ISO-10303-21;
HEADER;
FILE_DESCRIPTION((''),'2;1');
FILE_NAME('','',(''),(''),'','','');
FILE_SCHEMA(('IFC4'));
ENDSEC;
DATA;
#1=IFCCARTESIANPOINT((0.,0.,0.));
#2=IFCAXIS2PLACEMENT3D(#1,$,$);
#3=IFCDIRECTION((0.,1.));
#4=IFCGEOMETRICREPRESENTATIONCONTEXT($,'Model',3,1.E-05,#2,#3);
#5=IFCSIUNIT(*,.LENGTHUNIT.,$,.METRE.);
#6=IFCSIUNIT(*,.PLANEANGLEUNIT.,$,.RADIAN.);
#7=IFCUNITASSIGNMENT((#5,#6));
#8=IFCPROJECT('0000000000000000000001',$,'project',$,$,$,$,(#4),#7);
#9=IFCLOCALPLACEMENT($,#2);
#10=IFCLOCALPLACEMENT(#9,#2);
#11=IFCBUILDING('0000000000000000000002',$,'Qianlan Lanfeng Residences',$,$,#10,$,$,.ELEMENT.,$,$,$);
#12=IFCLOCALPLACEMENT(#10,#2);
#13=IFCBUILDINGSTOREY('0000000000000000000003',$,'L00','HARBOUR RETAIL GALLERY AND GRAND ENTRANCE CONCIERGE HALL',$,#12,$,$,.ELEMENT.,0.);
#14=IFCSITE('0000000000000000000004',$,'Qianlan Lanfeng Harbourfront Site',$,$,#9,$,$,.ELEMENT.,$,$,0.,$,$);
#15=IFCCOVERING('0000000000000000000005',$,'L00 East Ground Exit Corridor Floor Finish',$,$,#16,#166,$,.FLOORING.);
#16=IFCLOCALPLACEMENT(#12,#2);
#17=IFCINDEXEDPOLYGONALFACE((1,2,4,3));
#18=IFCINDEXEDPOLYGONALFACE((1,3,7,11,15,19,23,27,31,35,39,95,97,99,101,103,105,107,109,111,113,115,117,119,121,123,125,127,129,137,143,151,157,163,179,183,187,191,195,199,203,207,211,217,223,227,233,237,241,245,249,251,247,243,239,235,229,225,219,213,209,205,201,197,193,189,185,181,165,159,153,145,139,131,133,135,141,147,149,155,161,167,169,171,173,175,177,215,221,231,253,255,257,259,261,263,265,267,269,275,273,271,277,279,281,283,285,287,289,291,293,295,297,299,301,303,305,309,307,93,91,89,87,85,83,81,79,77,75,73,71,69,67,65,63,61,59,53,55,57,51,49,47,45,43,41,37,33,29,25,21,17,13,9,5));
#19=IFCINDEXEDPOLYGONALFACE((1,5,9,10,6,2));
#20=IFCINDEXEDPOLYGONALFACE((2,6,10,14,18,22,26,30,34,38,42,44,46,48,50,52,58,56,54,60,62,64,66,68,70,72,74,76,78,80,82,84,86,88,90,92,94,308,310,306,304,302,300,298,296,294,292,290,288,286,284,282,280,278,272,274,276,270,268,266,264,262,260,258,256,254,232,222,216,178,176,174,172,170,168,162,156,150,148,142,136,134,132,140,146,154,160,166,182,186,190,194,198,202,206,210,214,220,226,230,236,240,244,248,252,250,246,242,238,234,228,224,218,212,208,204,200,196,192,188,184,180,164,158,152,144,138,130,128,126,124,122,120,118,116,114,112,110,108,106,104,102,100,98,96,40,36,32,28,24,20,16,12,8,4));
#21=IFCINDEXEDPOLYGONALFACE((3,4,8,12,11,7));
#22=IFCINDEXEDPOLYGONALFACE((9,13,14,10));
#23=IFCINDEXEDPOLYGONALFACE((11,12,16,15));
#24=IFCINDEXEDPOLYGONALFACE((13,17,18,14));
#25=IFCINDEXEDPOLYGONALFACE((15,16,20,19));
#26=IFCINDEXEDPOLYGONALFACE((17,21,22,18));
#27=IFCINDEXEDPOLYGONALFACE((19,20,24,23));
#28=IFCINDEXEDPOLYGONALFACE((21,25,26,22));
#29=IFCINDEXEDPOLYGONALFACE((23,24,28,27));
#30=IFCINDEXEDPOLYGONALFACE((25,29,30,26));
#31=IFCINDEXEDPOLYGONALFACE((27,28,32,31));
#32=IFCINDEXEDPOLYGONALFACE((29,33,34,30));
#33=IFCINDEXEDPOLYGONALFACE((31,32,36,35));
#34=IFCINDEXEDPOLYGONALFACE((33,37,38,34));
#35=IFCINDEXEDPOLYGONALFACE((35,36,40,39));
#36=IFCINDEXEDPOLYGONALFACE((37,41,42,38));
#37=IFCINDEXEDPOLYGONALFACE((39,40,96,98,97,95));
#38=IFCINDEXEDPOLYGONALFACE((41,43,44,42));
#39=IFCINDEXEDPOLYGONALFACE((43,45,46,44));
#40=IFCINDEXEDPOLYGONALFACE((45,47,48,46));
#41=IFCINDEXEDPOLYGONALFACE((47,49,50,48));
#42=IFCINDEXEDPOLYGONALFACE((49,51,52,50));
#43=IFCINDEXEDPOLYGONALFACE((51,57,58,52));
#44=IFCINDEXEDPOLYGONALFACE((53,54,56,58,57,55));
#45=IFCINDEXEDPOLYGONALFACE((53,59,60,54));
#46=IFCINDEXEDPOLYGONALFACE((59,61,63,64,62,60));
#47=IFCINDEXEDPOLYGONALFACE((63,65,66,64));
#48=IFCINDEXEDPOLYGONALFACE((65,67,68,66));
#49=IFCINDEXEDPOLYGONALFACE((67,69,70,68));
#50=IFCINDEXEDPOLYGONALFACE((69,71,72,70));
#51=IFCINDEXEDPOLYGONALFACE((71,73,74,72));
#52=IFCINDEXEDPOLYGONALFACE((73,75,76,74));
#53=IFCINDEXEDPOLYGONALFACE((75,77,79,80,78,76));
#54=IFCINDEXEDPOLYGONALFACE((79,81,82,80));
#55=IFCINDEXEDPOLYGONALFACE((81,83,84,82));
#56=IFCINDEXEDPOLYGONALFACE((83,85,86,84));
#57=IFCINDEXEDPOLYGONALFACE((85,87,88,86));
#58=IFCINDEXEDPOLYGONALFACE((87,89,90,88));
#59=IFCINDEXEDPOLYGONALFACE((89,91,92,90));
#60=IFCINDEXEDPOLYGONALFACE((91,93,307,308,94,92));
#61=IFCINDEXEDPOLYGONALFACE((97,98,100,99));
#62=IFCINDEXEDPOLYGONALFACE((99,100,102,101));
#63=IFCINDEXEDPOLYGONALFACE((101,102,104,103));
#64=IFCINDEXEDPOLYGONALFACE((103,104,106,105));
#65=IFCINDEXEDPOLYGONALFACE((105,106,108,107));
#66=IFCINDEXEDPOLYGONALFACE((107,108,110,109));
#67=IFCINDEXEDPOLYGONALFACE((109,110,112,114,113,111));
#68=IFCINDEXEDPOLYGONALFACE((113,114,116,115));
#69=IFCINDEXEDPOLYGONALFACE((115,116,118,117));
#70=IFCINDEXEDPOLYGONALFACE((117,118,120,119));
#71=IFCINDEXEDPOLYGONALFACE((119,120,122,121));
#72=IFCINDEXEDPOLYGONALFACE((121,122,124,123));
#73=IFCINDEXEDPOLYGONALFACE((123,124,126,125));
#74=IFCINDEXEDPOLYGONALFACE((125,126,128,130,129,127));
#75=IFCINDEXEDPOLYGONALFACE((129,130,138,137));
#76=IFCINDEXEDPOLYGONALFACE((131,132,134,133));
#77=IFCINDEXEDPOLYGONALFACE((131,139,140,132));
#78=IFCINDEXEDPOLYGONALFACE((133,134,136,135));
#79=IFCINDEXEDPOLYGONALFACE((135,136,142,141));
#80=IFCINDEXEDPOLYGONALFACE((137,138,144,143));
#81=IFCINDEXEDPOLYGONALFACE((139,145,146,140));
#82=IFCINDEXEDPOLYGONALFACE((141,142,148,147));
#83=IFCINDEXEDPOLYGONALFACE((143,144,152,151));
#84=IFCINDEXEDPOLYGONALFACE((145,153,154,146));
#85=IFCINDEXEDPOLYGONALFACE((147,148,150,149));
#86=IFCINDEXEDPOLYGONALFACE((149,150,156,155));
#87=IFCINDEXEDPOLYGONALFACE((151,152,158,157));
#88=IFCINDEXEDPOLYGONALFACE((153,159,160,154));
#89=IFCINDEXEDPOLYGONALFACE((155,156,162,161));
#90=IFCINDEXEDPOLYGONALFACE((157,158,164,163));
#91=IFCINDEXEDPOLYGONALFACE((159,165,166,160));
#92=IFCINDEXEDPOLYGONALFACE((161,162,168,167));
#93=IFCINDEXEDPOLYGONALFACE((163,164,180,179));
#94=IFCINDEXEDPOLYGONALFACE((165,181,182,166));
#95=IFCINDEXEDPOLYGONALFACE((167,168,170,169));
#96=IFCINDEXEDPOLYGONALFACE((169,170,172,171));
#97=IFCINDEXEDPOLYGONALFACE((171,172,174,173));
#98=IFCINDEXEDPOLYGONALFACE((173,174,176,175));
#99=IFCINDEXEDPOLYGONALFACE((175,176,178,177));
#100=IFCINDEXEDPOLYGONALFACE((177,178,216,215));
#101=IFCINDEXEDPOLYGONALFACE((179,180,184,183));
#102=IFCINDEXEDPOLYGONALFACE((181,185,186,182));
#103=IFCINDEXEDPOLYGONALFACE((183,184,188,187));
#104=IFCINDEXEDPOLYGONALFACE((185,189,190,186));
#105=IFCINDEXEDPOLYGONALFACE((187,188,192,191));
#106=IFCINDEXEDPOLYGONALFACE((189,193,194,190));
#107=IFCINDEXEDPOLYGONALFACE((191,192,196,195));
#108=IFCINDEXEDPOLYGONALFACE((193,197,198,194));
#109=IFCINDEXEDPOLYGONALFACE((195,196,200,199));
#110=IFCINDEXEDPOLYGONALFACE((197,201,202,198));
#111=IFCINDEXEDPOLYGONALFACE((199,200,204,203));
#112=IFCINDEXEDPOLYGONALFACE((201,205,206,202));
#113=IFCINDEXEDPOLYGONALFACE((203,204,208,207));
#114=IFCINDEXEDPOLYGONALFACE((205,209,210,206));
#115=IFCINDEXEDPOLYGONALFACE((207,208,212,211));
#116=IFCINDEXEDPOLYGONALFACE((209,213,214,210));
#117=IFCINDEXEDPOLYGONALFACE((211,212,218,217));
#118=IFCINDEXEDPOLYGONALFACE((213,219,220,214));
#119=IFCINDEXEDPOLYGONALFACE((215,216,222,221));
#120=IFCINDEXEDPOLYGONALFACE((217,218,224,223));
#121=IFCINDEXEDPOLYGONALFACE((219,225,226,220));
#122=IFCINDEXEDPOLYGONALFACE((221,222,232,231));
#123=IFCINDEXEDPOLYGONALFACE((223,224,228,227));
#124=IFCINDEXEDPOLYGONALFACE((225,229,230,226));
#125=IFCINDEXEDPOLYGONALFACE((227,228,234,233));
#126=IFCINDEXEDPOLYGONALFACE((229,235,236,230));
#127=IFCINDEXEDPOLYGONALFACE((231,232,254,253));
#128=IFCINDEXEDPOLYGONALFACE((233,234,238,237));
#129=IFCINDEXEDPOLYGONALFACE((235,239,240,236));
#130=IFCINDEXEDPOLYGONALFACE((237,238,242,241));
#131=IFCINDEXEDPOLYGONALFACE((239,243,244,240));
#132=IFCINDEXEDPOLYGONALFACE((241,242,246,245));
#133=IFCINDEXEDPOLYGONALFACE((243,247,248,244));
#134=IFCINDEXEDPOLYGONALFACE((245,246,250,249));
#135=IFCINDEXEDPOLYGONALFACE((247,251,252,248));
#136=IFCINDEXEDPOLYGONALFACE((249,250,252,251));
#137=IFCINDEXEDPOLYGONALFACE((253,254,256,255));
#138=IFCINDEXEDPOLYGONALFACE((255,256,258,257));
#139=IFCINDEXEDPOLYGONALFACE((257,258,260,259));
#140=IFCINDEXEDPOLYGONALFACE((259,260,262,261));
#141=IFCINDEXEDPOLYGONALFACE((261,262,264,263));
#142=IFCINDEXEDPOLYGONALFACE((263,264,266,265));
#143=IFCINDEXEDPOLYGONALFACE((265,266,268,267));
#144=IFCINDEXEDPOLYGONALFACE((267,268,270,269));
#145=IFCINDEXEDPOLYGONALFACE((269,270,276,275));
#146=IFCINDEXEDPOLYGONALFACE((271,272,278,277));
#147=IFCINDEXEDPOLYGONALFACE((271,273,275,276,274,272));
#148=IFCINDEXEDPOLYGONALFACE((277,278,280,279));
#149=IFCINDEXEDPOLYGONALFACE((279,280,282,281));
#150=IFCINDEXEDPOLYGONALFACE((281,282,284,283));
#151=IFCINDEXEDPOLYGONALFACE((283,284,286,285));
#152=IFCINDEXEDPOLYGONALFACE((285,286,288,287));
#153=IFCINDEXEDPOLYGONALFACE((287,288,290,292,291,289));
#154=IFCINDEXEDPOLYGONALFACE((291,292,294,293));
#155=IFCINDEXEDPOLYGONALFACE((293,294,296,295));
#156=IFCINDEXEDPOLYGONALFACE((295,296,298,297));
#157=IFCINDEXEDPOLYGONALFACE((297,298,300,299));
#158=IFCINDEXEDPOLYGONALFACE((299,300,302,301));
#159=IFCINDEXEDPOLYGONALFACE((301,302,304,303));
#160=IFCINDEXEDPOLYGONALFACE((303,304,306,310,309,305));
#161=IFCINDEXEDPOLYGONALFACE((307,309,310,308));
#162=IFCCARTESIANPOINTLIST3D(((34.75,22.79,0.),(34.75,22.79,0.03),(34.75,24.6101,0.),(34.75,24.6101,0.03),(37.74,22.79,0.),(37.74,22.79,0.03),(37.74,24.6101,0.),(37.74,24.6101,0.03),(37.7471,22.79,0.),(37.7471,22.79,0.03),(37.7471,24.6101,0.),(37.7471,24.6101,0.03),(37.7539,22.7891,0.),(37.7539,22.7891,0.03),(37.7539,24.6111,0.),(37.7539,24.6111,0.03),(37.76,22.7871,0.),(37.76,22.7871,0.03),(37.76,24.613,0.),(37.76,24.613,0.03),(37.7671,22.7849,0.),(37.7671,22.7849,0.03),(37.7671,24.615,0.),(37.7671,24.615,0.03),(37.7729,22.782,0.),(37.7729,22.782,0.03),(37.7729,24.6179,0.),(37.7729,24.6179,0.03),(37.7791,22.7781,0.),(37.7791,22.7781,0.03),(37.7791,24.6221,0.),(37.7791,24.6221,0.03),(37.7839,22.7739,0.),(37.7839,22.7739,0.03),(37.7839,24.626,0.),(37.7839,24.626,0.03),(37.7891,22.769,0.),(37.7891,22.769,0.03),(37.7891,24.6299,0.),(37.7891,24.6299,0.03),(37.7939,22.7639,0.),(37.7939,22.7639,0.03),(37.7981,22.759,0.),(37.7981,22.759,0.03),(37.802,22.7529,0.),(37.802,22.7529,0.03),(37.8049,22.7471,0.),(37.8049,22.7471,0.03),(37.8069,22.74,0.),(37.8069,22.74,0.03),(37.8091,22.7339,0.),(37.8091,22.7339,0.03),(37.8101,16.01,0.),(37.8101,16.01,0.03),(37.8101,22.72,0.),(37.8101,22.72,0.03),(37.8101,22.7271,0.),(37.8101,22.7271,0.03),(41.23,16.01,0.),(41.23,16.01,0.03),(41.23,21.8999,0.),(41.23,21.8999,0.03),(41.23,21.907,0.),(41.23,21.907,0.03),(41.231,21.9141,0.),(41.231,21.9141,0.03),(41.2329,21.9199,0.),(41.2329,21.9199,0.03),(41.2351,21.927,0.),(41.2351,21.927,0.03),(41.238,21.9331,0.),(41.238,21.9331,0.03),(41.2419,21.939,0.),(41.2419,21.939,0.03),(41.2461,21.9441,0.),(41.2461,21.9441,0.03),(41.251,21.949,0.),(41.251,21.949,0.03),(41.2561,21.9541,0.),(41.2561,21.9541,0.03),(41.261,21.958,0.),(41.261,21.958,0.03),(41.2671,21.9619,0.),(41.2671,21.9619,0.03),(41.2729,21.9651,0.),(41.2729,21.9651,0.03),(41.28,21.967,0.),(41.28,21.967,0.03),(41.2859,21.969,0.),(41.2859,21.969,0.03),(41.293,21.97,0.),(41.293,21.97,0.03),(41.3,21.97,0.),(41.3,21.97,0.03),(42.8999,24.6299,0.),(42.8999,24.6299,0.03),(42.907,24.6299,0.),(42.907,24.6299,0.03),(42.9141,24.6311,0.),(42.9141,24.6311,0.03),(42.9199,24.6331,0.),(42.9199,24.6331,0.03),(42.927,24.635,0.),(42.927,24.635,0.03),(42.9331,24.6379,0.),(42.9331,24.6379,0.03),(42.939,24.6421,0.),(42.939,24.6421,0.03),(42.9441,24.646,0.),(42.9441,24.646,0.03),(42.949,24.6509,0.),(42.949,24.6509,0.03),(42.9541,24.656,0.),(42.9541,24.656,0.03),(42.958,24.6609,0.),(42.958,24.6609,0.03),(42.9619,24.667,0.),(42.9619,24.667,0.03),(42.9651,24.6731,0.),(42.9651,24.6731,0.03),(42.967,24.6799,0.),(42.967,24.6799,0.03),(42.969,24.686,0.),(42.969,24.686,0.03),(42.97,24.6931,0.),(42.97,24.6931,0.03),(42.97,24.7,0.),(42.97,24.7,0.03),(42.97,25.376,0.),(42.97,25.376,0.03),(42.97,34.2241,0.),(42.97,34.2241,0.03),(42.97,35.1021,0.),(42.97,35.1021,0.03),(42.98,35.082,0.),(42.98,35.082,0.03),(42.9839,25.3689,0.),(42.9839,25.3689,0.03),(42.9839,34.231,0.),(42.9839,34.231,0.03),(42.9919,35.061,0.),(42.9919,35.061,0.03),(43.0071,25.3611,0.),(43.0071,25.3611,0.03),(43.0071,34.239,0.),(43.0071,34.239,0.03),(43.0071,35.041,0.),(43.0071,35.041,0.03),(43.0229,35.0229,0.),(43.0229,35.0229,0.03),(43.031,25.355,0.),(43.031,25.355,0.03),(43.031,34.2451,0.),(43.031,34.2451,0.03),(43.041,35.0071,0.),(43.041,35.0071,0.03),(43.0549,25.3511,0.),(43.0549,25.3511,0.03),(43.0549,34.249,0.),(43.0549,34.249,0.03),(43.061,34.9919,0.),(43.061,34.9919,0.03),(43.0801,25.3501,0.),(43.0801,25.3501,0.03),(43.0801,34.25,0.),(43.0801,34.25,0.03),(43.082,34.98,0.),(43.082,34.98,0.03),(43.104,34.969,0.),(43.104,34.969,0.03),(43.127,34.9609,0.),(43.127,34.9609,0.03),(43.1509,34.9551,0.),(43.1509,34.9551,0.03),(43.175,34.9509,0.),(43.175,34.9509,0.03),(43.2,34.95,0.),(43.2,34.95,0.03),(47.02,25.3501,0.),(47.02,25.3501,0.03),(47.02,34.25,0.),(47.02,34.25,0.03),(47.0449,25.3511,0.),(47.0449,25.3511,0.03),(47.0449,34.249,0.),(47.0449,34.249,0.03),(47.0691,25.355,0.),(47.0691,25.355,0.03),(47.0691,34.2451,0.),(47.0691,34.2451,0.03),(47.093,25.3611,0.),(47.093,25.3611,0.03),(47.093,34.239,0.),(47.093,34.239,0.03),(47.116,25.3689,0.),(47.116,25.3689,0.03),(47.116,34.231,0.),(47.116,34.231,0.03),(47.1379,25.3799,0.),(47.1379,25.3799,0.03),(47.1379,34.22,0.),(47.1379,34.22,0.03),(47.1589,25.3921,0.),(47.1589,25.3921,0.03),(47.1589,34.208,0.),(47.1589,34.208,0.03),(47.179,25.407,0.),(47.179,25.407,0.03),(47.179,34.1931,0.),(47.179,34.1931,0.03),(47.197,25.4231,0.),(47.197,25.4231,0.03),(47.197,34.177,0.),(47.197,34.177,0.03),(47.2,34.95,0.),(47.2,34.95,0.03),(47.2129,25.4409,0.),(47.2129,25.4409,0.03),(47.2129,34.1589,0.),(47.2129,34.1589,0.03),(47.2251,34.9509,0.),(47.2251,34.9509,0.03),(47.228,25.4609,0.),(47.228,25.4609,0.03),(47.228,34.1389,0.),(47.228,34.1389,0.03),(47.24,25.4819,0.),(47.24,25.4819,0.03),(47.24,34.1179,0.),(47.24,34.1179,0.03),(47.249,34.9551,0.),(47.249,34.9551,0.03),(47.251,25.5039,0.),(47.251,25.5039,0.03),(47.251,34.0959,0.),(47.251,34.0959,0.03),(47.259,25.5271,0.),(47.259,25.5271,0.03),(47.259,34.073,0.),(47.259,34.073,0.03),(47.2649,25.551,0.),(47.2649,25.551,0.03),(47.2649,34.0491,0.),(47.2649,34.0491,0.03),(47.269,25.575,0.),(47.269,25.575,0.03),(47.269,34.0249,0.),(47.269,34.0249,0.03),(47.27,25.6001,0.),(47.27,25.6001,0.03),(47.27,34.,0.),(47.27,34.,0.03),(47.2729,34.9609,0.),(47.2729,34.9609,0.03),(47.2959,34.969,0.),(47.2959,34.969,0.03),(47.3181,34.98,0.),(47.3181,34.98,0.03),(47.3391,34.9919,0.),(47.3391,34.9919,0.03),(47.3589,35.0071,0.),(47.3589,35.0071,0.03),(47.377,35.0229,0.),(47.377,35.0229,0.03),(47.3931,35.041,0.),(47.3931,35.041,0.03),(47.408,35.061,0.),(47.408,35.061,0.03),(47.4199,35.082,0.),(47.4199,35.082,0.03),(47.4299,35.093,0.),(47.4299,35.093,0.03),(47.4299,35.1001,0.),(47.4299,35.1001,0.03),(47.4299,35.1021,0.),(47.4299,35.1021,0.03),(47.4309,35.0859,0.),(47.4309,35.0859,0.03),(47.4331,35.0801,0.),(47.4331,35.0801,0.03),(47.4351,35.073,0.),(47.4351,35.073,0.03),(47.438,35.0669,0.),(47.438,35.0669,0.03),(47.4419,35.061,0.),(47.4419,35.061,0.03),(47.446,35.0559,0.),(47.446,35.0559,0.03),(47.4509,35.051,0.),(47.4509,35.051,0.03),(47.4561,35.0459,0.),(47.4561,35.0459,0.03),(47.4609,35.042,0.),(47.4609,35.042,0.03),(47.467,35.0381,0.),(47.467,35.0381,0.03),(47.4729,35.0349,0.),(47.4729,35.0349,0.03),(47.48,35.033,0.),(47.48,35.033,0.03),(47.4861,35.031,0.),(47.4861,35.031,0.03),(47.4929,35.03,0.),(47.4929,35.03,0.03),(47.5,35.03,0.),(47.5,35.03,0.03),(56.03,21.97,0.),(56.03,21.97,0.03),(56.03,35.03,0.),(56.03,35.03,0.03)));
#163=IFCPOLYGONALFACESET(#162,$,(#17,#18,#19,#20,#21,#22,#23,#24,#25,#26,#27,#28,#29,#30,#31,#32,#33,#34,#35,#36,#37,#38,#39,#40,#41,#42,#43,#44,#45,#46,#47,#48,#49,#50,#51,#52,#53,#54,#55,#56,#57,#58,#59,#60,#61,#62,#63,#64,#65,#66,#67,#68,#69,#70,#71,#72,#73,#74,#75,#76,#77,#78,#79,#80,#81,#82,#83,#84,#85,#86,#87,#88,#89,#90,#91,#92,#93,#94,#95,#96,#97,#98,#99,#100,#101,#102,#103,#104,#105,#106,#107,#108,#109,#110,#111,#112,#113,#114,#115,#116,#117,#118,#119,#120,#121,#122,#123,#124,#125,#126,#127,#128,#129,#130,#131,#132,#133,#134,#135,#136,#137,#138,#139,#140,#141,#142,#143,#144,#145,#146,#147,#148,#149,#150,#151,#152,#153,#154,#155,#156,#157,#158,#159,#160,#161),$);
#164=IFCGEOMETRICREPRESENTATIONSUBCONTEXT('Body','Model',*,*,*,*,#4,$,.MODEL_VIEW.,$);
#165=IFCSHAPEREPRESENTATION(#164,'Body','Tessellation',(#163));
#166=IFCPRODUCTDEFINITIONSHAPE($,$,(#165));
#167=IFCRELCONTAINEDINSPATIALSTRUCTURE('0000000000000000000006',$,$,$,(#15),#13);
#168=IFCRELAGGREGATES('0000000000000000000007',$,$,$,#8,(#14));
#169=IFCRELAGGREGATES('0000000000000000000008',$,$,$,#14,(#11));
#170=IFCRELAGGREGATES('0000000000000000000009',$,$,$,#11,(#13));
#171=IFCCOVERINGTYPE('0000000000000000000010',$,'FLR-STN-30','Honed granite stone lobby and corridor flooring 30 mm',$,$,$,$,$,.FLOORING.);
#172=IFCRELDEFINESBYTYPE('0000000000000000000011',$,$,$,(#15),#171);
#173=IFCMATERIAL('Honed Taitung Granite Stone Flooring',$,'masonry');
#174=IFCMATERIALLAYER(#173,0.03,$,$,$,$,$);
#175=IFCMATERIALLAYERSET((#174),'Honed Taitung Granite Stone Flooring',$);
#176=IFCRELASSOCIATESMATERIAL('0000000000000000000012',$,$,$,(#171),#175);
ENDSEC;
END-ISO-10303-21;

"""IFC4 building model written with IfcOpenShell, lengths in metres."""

from ifc_helpers import new_model, si_unit, direction, origin, place, context, subcontext, project, spatial, polyline, outline, extrude, material, layer, layer_set, type_object, element, save


model = new_model("IFC4")

# Units and contexts
model_context = context("Model", 3, precision=1e-05, world=origin(), true_north=direction((0.0, 1.0)))
body_context = subcontext(model_context, "Body", "Model", "MODEL_VIEW")
ifc_project = project(units=[si_unit("LENGTHUNIT", "METRE"), si_unit("PLANEANGLEUNIT", "RADIAN")], contexts=[model_context])

# Site, building, storey
site_placement = place(None, origin())
site = spatial("IfcSite", under=ifc_project, at=site_placement, Name="Qianlan Lanfeng Harbourfront Site", CompositionType="ELEMENT", RefElevation=0.0)
building_placement = place(site_placement, origin())
building = spatial("IfcBuilding", under=site, at=building_placement, Name="Qianlan Lanfeng Residences", CompositionType="ELEMENT")
storey_placement = place(building_placement, origin())
storey = spatial("IfcBuildingStorey", under=building, at=storey_placement, Name="L00", Description="HARBOUR RETAIL GALLERY AND GRAND ENTRANCE CONCIERGE HALL", CompositionType="ELEMENT", Elevation=0.0)

# Covering
ifc_material_1 = material(Name="Honed Taitung Granite Stone Flooring", Category="masonry")
ifc_layer_1 = layer(ifc_material_1, 0.03)
ifc_layer_set_1 = layer_set([ifc_layer_1], Name="Honed Taitung Granite Stone Flooring")
covering_type_1 = type_object("IfcCoveringType", Name="FLR-STN-30", Description="Honed granite stone lobby and corridor flooring 30 mm", PredefinedType="FLOORING", material=ifc_layer_set_1)
covering_1_placement = place(storey_placement, origin())
element("IfcCovering", 1, at=covering_1_placement, inside=storey, type_object=covering_type_1, Name="L00 East Ground Exit Corridor Floor Finish", PredefinedType="FLOORING", context=body_context, shape_type="SweptSolid", body=[
    extrude(outline(polyline([(37.7891, 24.6299), (37.7839, 24.626), (37.7791, 24.6221), (37.7729, 24.6179), (37.7671, 24.615), (37.76, 24.613), (37.7539, 24.6111), (37.7471, 24.6101), (37.74, 24.6101), (34.75, 24.6101), (34.75, 22.79), (37.74, 22.79), (37.7471, 22.79), (37.7539, 22.7891), (37.76, 22.7871), (37.7671, 22.7849), (37.7729, 22.782), (37.7791, 22.7781), (37.7839, 22.7739), (37.7891, 22.769), (37.7939, 22.7639), (37.7981, 22.759), (37.802, 22.7529), (37.8049, 22.7471), (37.8069, 22.74), (37.8091, 22.7339), (37.8101, 22.7271), (37.8101, 22.72), (37.8101, 16.01), (41.23, 16.01), (41.23, 21.8999), (41.23, 21.907), (41.231, 21.9141), (41.2329, 21.9199), (41.2351, 21.927), (41.238, 21.9331), (41.2419, 21.939), (41.2461, 21.9441), (41.251, 21.949), (41.2561, 21.9541), (41.261, 21.958), (41.2671, 21.9619), (41.2729, 21.9651), (41.28, 21.967), (41.2859, 21.969), (41.293, 21.97), (41.3, 21.97), (56.03, 21.97), (56.03, 35.03), (47.5, 35.03), (47.4929, 35.03), (47.4861, 35.031), (47.48, 35.033), (47.4729, 35.0349), (47.467, 35.0381), (47.4609, 35.042), (47.4561, 35.0459), (47.4509, 35.051), (47.446, 35.0559), (47.4419, 35.061), (47.438, 35.0669), (47.4351, 35.073), (47.4331, 35.0801), (47.4309, 35.0859), (47.4299, 35.093), (47.4299, 35.1001), (47.4299, 35.1021), (47.4199, 35.082), (47.408, 35.061), (47.3931, 35.041), (47.377, 35.0229), (47.3589, 35.0071), (47.3391, 34.9919), (47.3181, 34.98), (47.2959, 34.969), (47.2729, 34.9609), (47.249, 34.9551), (47.2251, 34.9509), (47.2, 34.95), (43.2, 34.95), (43.175, 34.9509), (43.1509, 34.9551), (43.127, 34.9609), (43.104, 34.969), (43.082, 34.98), (43.061, 34.9919), (43.041, 35.0071), (43.0229, 35.0229), (43.0071, 35.041), (42.9919, 35.061), (42.98, 35.082), (42.97, 35.1021), (42.97, 34.2241), (42.9839, 34.231), (43.0071, 34.239), (43.031, 34.2451), (43.0549, 34.249), (43.0801, 34.25), (47.02, 34.25), (47.0449, 34.249), (47.0691, 34.2451), (47.093, 34.239), (47.116, 34.231), (47.1379, 34.22), (47.1589, 34.208), (47.179, 34.1931), (47.197, 34.177), (47.2129, 34.1589), (47.228, 34.1389), (47.24, 34.1179), (47.251, 34.0959), (47.259, 34.073), (47.2649, 34.0491), (47.269, 34.0249), (47.27, 34.0), (47.27, 25.6001), (47.269, 25.575), (47.2649, 25.551), (47.259, 25.5271), (47.251, 25.5039), (47.24, 25.4819), (47.228, 25.4609), (47.2129, 25.4409), (47.197, 25.4231), (47.179, 25.407), (47.1589, 25.3921), (47.1379, 25.3799), (47.116, 25.3689), (47.093, 25.3611), (47.0691, 25.355), (47.0449, 25.3511), (47.02, 25.3501), (43.0801, 25.3501), (43.0549, 25.3511), (43.031, 25.355), (43.0071, 25.3611), (42.9839, 25.3689), (42.97, 25.376), (42.97, 24.7), (42.97, 24.6931), (42.969, 24.686), (42.967, 24.6799), (42.9651, 24.6731), (42.9619, 24.667), (42.958, 24.6609), (42.9541, 24.656), (42.949, 24.6509), (42.9441, 24.646), (42.939, 24.6421), (42.9331, 24.6379), (42.927, 24.635), (42.9199, 24.6331), (42.9141, 24.6311), (42.907, 24.6299), (42.8999, 24.6299), (37.7891, 24.6299)])), origin(), (0.0, 0.0, 1.0), 0.03),
])

save(model, "model.ifc")
